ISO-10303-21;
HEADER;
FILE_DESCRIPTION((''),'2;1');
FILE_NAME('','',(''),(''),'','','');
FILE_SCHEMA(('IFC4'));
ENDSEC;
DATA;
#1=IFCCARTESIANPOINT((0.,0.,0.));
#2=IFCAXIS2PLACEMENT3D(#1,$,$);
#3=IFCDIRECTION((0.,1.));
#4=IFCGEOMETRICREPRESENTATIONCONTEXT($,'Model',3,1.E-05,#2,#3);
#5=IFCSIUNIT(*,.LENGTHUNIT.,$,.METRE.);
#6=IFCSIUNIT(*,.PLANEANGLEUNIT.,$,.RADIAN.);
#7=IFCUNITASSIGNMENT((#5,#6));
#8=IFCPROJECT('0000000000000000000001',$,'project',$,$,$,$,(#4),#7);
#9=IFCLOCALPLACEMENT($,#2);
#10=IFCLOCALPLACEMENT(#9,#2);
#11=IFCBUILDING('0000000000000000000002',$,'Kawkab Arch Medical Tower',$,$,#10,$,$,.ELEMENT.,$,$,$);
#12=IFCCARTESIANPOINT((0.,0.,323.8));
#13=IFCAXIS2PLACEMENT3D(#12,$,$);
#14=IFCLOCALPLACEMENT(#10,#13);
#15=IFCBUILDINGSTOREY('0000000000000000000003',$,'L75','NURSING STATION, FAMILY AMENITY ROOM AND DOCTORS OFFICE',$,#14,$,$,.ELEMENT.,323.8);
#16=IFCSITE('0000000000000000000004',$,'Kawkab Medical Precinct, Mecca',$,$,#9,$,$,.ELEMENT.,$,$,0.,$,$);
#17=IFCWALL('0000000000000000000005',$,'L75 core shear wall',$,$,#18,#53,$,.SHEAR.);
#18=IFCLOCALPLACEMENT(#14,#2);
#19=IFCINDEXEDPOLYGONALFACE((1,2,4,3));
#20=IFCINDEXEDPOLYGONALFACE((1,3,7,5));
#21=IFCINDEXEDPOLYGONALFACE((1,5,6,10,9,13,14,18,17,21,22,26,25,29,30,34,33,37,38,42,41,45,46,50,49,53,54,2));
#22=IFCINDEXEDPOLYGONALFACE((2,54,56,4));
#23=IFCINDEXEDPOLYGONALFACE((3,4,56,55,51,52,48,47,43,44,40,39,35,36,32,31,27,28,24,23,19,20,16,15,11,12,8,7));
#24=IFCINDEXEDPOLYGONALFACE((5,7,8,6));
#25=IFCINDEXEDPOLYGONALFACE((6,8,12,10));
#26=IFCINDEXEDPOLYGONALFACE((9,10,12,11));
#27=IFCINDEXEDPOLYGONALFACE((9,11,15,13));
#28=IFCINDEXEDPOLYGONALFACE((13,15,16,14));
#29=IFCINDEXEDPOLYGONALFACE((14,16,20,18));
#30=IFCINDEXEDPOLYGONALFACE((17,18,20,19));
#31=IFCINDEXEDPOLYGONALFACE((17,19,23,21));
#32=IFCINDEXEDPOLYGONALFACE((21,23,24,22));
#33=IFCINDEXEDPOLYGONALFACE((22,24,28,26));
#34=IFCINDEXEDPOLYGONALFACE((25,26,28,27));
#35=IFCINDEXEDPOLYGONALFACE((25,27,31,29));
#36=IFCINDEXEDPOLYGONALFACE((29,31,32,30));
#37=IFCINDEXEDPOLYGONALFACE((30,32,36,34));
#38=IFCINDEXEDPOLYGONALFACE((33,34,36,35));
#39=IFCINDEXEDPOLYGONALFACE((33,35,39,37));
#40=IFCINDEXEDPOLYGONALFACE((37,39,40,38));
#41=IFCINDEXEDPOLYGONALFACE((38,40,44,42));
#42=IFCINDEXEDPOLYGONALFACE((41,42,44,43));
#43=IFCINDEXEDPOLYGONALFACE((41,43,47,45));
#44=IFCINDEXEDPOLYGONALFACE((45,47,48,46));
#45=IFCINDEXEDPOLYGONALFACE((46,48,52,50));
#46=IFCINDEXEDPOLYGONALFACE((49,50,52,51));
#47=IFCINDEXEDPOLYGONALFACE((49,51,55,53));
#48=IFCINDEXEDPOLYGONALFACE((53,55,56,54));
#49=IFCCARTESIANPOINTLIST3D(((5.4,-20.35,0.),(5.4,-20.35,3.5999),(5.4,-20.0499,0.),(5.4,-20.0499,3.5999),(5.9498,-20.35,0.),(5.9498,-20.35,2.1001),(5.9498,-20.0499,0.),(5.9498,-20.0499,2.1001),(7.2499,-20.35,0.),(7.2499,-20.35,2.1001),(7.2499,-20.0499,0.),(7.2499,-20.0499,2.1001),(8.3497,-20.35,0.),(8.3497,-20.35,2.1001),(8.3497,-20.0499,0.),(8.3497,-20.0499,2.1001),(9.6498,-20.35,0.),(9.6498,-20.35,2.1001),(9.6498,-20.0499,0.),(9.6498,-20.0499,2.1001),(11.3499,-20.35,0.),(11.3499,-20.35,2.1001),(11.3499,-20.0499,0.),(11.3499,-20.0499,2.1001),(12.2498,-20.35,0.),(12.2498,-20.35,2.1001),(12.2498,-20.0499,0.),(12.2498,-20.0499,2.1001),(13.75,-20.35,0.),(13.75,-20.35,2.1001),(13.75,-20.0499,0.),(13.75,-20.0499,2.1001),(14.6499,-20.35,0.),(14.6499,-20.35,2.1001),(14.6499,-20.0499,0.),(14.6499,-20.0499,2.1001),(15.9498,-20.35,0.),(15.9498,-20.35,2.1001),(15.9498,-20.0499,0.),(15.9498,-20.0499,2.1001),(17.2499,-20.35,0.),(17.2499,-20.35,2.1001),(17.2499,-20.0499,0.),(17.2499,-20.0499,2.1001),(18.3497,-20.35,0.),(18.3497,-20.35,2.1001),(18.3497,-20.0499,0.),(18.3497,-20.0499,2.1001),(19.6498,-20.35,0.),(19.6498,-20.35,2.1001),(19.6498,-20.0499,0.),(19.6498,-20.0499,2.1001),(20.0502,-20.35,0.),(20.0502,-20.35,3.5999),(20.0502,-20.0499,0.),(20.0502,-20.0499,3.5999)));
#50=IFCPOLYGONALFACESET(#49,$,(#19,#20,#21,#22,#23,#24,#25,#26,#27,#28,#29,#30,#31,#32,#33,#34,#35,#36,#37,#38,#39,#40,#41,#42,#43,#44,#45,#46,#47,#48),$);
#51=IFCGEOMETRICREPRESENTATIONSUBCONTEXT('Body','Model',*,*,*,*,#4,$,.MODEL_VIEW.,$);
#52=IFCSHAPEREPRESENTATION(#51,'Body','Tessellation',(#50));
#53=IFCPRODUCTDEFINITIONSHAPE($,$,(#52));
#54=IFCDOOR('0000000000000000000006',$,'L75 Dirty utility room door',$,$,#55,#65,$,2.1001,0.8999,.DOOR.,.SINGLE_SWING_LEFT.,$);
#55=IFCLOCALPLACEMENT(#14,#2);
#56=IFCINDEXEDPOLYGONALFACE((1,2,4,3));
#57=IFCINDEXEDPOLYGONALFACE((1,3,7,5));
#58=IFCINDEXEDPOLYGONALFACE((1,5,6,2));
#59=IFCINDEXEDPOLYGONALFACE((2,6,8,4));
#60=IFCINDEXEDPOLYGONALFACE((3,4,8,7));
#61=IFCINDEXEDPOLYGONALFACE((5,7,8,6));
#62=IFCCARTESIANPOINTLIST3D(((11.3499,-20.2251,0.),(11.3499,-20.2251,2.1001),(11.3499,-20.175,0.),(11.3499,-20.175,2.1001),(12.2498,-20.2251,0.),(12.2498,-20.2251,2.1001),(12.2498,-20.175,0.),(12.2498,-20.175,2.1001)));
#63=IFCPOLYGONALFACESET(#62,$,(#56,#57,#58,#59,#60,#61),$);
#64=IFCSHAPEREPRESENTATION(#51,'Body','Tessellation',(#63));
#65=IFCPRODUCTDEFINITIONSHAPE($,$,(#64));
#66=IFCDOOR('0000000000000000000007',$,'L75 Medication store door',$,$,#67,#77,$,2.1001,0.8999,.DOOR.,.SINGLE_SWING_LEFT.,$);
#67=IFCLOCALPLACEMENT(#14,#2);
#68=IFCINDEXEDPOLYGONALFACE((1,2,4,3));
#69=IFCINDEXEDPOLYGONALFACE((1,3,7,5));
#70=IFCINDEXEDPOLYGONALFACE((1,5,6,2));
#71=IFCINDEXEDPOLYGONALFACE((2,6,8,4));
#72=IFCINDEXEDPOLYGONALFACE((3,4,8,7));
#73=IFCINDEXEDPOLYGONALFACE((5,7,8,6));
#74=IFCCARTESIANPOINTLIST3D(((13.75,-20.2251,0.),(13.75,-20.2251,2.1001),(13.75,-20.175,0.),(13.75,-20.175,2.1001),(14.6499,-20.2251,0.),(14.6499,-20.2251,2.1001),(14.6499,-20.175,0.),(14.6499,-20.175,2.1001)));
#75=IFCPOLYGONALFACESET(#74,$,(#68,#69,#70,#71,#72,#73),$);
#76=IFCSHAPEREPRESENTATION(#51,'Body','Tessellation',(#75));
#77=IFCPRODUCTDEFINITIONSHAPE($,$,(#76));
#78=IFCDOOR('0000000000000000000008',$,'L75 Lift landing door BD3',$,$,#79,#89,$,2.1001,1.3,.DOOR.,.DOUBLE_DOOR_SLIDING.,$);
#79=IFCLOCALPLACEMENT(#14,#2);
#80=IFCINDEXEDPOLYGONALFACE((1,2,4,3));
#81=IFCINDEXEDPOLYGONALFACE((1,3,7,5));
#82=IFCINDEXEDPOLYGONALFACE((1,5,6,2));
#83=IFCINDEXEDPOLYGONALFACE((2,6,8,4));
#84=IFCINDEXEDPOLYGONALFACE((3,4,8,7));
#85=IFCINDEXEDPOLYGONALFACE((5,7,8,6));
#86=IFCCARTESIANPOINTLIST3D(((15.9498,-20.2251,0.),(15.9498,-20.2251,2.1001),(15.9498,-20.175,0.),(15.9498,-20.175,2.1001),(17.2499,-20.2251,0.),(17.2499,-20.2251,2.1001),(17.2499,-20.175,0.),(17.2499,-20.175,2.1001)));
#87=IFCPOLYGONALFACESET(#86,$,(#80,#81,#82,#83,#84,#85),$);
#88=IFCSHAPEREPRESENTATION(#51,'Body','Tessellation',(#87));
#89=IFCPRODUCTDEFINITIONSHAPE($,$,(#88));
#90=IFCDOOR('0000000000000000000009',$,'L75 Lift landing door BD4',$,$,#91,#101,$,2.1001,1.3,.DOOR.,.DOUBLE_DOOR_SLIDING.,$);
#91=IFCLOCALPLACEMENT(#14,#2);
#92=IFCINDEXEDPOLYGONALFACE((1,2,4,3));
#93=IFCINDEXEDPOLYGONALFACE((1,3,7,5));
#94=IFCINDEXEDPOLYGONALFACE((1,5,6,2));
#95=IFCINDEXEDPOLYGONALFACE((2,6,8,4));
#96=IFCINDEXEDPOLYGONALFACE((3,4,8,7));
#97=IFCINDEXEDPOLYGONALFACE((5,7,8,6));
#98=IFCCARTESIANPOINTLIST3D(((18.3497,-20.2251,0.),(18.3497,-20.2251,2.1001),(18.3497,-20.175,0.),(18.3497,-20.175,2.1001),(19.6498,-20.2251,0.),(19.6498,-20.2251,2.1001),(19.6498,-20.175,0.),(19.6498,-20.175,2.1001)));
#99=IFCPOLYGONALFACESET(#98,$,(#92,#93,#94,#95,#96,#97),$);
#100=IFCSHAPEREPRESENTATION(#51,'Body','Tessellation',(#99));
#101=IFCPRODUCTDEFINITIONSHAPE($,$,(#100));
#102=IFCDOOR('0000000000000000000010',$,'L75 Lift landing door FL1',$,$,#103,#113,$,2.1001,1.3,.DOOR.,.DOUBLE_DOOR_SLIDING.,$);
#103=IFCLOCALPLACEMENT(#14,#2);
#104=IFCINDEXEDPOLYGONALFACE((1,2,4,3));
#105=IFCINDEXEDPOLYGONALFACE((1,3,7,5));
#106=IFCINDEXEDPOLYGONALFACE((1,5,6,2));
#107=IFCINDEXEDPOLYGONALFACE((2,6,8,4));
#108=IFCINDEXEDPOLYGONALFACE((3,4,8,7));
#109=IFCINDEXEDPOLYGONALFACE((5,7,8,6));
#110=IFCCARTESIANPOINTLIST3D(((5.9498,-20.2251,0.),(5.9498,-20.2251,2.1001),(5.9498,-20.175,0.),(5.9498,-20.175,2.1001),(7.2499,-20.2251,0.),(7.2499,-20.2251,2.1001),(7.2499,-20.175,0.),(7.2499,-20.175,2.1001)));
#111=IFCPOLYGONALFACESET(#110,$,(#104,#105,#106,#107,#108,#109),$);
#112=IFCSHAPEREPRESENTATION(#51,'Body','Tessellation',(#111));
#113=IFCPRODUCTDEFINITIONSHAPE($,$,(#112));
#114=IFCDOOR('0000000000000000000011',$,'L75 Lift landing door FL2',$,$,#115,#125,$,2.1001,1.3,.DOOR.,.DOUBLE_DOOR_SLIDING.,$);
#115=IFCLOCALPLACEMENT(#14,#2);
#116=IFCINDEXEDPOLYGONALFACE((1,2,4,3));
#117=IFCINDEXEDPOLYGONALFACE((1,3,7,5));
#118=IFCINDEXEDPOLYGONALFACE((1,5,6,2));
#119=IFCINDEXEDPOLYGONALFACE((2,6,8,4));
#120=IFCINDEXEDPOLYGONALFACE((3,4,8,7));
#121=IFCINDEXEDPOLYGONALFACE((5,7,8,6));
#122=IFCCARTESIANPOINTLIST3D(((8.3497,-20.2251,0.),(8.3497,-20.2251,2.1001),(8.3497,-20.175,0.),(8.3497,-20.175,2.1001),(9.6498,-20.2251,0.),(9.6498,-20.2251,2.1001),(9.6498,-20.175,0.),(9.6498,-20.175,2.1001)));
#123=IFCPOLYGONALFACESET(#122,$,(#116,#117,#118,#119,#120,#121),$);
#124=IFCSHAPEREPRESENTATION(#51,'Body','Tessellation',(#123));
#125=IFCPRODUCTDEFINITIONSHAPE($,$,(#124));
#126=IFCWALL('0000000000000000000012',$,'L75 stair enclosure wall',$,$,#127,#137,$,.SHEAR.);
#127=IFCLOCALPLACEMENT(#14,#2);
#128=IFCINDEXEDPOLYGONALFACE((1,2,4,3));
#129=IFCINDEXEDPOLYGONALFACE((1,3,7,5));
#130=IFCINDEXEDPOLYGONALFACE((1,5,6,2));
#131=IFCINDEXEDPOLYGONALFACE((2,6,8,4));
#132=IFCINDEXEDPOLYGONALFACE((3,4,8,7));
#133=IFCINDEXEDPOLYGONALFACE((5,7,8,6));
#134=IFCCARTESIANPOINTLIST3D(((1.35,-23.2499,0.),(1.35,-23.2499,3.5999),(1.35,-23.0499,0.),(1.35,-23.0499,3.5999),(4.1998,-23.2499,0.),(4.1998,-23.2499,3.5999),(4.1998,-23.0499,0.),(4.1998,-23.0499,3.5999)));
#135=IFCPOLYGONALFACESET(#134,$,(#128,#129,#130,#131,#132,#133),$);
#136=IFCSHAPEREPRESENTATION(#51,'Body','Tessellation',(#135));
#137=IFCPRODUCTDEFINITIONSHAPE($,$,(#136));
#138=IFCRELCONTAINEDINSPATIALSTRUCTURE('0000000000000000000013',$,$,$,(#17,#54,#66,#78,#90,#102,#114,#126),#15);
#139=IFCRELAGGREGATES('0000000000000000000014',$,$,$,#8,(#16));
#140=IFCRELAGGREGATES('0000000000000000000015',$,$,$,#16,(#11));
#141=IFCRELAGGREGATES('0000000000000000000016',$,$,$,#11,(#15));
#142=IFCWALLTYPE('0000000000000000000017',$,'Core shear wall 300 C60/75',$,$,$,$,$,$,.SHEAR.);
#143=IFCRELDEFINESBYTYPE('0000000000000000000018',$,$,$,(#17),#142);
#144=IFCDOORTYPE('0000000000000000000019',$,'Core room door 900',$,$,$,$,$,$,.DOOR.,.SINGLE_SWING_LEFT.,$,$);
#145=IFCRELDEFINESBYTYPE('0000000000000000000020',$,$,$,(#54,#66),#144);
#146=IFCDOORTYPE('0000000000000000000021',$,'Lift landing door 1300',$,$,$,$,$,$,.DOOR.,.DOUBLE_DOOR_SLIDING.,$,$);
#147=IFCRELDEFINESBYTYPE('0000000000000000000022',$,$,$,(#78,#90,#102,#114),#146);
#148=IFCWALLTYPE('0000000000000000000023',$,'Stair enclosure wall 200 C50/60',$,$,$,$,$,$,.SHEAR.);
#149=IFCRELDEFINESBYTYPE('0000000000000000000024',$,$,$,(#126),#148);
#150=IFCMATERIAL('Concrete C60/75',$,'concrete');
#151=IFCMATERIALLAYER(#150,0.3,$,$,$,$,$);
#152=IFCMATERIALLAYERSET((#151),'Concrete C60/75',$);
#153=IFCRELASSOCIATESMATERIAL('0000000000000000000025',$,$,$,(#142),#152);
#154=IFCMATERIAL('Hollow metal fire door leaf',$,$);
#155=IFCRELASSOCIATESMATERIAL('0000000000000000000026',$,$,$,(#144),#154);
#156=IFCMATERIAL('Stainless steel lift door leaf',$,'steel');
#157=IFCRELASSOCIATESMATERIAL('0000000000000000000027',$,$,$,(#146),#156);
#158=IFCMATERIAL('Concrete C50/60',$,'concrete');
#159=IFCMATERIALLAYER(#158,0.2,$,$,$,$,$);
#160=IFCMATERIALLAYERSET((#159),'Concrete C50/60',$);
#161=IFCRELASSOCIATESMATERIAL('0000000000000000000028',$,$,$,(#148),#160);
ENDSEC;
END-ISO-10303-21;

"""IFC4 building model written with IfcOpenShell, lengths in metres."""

from ifc_helpers import new_model, si_unit, direction, frame, frame_2d, origin, place, context, subcontext, project, spatial, rectangle, extrude, material, layer, layer_set, type_object, element, fill, save


model = new_model("IFC4")

# Units and contexts
model_context = context("Model", 3, precision=1e-05, world=origin(), true_north=direction((0.0, 1.0)))
body_context = subcontext(model_context, "Body", "Model", "MODEL_VIEW")
ifc_project = project(units=[si_unit("LENGTHUNIT", "METRE"), si_unit("PLANEANGLEUNIT", "RADIAN")], contexts=[model_context])

# Site, building, storey
site_placement = place(None, origin())
site = spatial("IfcSite", under=ifc_project, at=site_placement, Name="Kawkab Medical Precinct, Mecca", CompositionType="ELEMENT", RefElevation=0.0)
building_placement = place(site_placement, origin())
building = spatial("IfcBuilding", under=site, at=building_placement, Name="Kawkab Arch Medical Tower", CompositionType="ELEMENT")
storey_placement = place(building_placement, frame((0.0, 0.0, 323.8)))
storey = spatial("IfcBuildingStorey", under=building, at=storey_placement, Name="L75", Description="NURSING STATION, FAMILY AMENITY ROOM AND DOCTORS OFFICE", CompositionType="ELEMENT", Elevation=323.8)

# Wall, openings, doors
ifc_material_1 = material(Name="Concrete C60/75", Category="concrete")
ifc_layer_1 = layer(ifc_material_1, 0.3)
ifc_layer_set_1 = layer_set([ifc_layer_1], Name="Concrete C60/75")
wall_type_1 = type_object("IfcWallType", Name="Core shear wall 300 C60/75", PredefinedType="SHEAR", material=ifc_layer_set_1)
wall_1_placement = place(storey_placement, frame((5.3999, -20.2, 0.0), z_axis=(0.0, 0.0, 1.0), x_axis=(1.0, 0.0, 0.0)))
wall_1 = element("IfcWall", 1, at=wall_1_placement, inside=storey, type_object=wall_type_1, Name="L75 core shear wall", PredefinedType="SHEAR", context=body_context, shape_type="SweptSolid", body=[
    extrude(rectangle(XDim=14.6501, YDim=0.3, at=frame_2d((7.3252, 0.0))), origin(), (0.0, 0.0, 1.0), 3.5999),
])
opening_1_placement = place(wall_1_placement, frame((10.55, 0.0, 0.0)))
opening_1 = element("IfcOpeningElement", 2, at=opening_1_placement, cuts=wall_1, PredefinedType="OPENING", context=body_context, shape_type="SweptSolid", body=[
    extrude(rectangle(XDim=1.3, YDim=2.1001, at=frame_2d((0.6499, 1.05))), frame((0.0, 0.1599, 0.0), z_axis=(0.0, -1.0, 0.0), x_axis=(1.0, 0.0, 0.0)), (0.0, 0.0, 1.0), 0.3201),
])
opening_2_placement = place(wall_1_placement, frame((12.95, 0.0, 0.0)))
opening_2 = element("IfcOpeningElement", 3, at=opening_2_placement, cuts=wall_1, PredefinedType="OPENING", context=body_context, shape_type="SweptSolid", body=[
    extrude(rectangle(XDim=1.3, YDim=2.1001, at=frame_2d((0.6499, 1.05))), frame((0.0, 0.1599, 0.0), z_axis=(0.0, -1.0, 0.0), x_axis=(1.0, 0.0, 0.0)), (0.0, 0.0, 1.0), 0.3201),
])
opening_3_placement = place(wall_1_placement, frame((0.55, 0.0, 0.0)))
opening_3 = element("IfcOpeningElement", 4, at=opening_3_placement, cuts=wall_1, PredefinedType="OPENING", context=body_context, shape_type="SweptSolid", body=[
    extrude(rectangle(XDim=1.3, YDim=2.1001, at=frame_2d((0.6499, 1.05))), frame((0.0, 0.1599, 0.0), z_axis=(0.0, -1.0, 0.0), x_axis=(1.0, 0.0, 0.0)), (0.0, 0.0, 1.0), 0.3201),
])
opening_4_placement = place(wall_1_placement, frame((2.95, 0.0, 0.0)))
opening_4 = element("IfcOpeningElement", 5, at=opening_4_placement, cuts=wall_1, PredefinedType="OPENING", context=body_context, shape_type="SweptSolid", body=[
    extrude(rectangle(XDim=1.3, YDim=2.1001, at=frame_2d((0.6499, 1.05))), frame((0.0, 0.1599, 0.0), z_axis=(0.0, -1.0, 0.0), x_axis=(1.0, 0.0, 0.0)), (0.0, 0.0, 1.0), 0.3201),
])
opening_5_placement = place(wall_1_placement, frame((5.95, 0.0, 0.0)))
opening_5 = element("IfcOpeningElement", 6, at=opening_5_placement, cuts=wall_1, PredefinedType="OPENING", context=body_context, shape_type="SweptSolid", body=[
    extrude(rectangle(XDim=0.8999, YDim=2.1001, at=frame_2d((0.45, 1.05))), frame((0.0, 0.1599, 0.0), z_axis=(0.0, -1.0, 0.0), x_axis=(1.0, 0.0, 0.0)), (0.0, 0.0, 1.0), 0.3201),
])
opening_6_placement = place(wall_1_placement, frame((8.3501, 0.0, 0.0)))
opening_6 = element("IfcOpeningElement", 7, at=opening_6_placement, cuts=wall_1, PredefinedType="OPENING", context=body_context, shape_type="SweptSolid", body=[
    extrude(rectangle(XDim=0.8999, YDim=2.1001, at=frame_2d((0.45, 1.05))), frame((0.0, 0.1599, 0.0), z_axis=(0.0, -1.0, 0.0), x_axis=(1.0, 0.0, 0.0)), (0.0, 0.0, 1.0), 0.3201),
])
ifc_material_2 = material(Name="Hollow metal fire door leaf")
door_type_1 = type_object("IfcDoorType", Name="Core room door 900", OperationType="SINGLE_SWING_LEFT", PredefinedType="DOOR", material=ifc_material_2)
door_1_placement = place(opening_5_placement, origin())
door_1 = element("IfcDoor", 8, at=door_1_placement, inside=storey, type_object=door_type_1, Name="L75 Dirty utility room door", OperationType="SINGLE_SWING_LEFT", OverallHeight=2.1001, OverallWidth=0.8999, PredefinedType="DOOR", context=body_context, shape_type="SweptSolid", body=[
    extrude(rectangle(XDim=0.8999, YDim=2.1001, at=frame_2d((0.45, 1.05))), frame((0.0, 0.0249, 0.0), z_axis=(0.0, -1.0, 0.0), x_axis=(1.0, 0.0, 0.0)), (0.0, 0.0, 1.0), 0.05),
])
fill(opening_5, door_1)
door_2_placement = place(opening_6_placement, origin())
door_2 = element("IfcDoor", 9, at=door_2_placement, inside=storey, type_object=door_type_1, Name="L75 Medication store door", OperationType="SINGLE_SWING_LEFT", OverallHeight=2.1001, OverallWidth=0.8999, PredefinedType="DOOR", context=body_context, shape_type="SweptSolid", body=[
    extrude(rectangle(XDim=0.8999, YDim=2.1001, at=frame_2d((0.45, 1.05))), frame((0.0, 0.0249, 0.0), z_axis=(0.0, -1.0, 0.0), x_axis=(1.0, 0.0, 0.0)), (0.0, 0.0, 1.0), 0.05),
])
fill(opening_6, door_2)
ifc_material_3 = material(Name="Stainless steel lift door leaf", Category="steel")
door_type_2 = type_object("IfcDoorType", Name="Lift landing door 1300", OperationType="DOUBLE_DOOR_SLIDING", PredefinedType="DOOR", material=ifc_material_3)
door_3_placement = place(opening_1_placement, origin())
door_3 = element("IfcDoor", 10, at=door_3_placement, inside=storey, type_object=door_type_2, Name="L75 Lift landing door BD3", OperationType="DOUBLE_DOOR_SLIDING", OverallHeight=2.1001, OverallWidth=1.3, PredefinedType="DOOR", context=body_context, shape_type="SweptSolid", body=[
    extrude(rectangle(XDim=1.3, YDim=2.1001, at=frame_2d((0.6499, 1.05))), frame((0.0, 0.0249, 0.0), z_axis=(0.0, -1.0, 0.0), x_axis=(1.0, 0.0, 0.0)), (0.0, 0.0, 1.0), 0.05),
])
fill(opening_1, door_3)
door_4_placement = place(opening_2_placement, origin())
door_4 = element("IfcDoor", 11, at=door_4_placement, inside=storey, type_object=door_type_2, Name="L75 Lift landing door BD4", OperationType="DOUBLE_DOOR_SLIDING", OverallHeight=2.1001, OverallWidth=1.3, PredefinedType="DOOR", context=body_context, shape_type="SweptSolid", body=[
    extrude(rectangle(XDim=1.3, YDim=2.1001, at=frame_2d((0.6499, 1.05))), frame((0.0, 0.0249, 0.0), z_axis=(0.0, -1.0, 0.0), x_axis=(1.0, 0.0, 0.0)), (0.0, 0.0, 1.0), 0.05),
])
fill(opening_2, door_4)
door_5_placement = place(opening_3_placement, origin())
door_5 = element("IfcDoor", 12, at=door_5_placement, inside=storey, type_object=door_type_2, Name="L75 Lift landing door FL1", OperationType="DOUBLE_DOOR_SLIDING", OverallHeight=2.1001, OverallWidth=1.3, PredefinedType="DOOR", context=body_context, shape_type="SweptSolid", body=[
    extrude(rectangle(XDim=1.3, YDim=2.1001, at=frame_2d((0.6499, 1.05))), frame((0.0, 0.0249, 0.0), z_axis=(0.0, -1.0, 0.0), x_axis=(1.0, 0.0, 0.0)), (0.0, 0.0, 1.0), 0.05),
])
fill(opening_3, door_5)
door_6_placement = place(opening_4_placement, origin())
door_6 = element("IfcDoor", 13, at=door_6_placement, inside=storey, type_object=door_type_2, Name="L75 Lift landing door FL2", OperationType="DOUBLE_DOOR_SLIDING", OverallHeight=2.1001, OverallWidth=1.3, PredefinedType="DOOR", context=body_context, shape_type="SweptSolid", body=[
    extrude(rectangle(XDim=1.3, YDim=2.1001, at=frame_2d((0.6499, 1.05))), frame((0.0, 0.0249, 0.0), z_axis=(0.0, -1.0, 0.0), x_axis=(1.0, 0.0, 0.0)), (0.0, 0.0, 1.0), 0.05),
])
fill(opening_4, door_6)

# Wall
ifc_material_4 = material(Name="Concrete C50/60", Category="concrete")
ifc_layer_2 = layer(ifc_material_4, 0.2)
ifc_layer_set_2 = layer_set([ifc_layer_2], Name="Concrete C50/60")
wall_type_2 = type_object("IfcWallType", Name="Stair enclosure wall 200 C50/60", PredefinedType="SHEAR", material=ifc_layer_set_2)
wall_2_placement = place(storey_placement, frame((1.3501, -23.1499, 0.0), z_axis=(0.0, 0.0, 1.0), x_axis=(1.0, 0.0, 0.0)))
element("IfcWall", 14, at=wall_2_placement, inside=storey, type_object=wall_type_2, Name="L75 stair enclosure wall", PredefinedType="SHEAR", context=body_context, shape_type="SweptSolid", body=[
    extrude(rectangle(XDim=2.8499, YDim=0.2, at=frame_2d((1.4248, 0.0))), origin(), (0.0, 0.0, 1.0), 3.5999),
])

save(model, "model.ifc")
